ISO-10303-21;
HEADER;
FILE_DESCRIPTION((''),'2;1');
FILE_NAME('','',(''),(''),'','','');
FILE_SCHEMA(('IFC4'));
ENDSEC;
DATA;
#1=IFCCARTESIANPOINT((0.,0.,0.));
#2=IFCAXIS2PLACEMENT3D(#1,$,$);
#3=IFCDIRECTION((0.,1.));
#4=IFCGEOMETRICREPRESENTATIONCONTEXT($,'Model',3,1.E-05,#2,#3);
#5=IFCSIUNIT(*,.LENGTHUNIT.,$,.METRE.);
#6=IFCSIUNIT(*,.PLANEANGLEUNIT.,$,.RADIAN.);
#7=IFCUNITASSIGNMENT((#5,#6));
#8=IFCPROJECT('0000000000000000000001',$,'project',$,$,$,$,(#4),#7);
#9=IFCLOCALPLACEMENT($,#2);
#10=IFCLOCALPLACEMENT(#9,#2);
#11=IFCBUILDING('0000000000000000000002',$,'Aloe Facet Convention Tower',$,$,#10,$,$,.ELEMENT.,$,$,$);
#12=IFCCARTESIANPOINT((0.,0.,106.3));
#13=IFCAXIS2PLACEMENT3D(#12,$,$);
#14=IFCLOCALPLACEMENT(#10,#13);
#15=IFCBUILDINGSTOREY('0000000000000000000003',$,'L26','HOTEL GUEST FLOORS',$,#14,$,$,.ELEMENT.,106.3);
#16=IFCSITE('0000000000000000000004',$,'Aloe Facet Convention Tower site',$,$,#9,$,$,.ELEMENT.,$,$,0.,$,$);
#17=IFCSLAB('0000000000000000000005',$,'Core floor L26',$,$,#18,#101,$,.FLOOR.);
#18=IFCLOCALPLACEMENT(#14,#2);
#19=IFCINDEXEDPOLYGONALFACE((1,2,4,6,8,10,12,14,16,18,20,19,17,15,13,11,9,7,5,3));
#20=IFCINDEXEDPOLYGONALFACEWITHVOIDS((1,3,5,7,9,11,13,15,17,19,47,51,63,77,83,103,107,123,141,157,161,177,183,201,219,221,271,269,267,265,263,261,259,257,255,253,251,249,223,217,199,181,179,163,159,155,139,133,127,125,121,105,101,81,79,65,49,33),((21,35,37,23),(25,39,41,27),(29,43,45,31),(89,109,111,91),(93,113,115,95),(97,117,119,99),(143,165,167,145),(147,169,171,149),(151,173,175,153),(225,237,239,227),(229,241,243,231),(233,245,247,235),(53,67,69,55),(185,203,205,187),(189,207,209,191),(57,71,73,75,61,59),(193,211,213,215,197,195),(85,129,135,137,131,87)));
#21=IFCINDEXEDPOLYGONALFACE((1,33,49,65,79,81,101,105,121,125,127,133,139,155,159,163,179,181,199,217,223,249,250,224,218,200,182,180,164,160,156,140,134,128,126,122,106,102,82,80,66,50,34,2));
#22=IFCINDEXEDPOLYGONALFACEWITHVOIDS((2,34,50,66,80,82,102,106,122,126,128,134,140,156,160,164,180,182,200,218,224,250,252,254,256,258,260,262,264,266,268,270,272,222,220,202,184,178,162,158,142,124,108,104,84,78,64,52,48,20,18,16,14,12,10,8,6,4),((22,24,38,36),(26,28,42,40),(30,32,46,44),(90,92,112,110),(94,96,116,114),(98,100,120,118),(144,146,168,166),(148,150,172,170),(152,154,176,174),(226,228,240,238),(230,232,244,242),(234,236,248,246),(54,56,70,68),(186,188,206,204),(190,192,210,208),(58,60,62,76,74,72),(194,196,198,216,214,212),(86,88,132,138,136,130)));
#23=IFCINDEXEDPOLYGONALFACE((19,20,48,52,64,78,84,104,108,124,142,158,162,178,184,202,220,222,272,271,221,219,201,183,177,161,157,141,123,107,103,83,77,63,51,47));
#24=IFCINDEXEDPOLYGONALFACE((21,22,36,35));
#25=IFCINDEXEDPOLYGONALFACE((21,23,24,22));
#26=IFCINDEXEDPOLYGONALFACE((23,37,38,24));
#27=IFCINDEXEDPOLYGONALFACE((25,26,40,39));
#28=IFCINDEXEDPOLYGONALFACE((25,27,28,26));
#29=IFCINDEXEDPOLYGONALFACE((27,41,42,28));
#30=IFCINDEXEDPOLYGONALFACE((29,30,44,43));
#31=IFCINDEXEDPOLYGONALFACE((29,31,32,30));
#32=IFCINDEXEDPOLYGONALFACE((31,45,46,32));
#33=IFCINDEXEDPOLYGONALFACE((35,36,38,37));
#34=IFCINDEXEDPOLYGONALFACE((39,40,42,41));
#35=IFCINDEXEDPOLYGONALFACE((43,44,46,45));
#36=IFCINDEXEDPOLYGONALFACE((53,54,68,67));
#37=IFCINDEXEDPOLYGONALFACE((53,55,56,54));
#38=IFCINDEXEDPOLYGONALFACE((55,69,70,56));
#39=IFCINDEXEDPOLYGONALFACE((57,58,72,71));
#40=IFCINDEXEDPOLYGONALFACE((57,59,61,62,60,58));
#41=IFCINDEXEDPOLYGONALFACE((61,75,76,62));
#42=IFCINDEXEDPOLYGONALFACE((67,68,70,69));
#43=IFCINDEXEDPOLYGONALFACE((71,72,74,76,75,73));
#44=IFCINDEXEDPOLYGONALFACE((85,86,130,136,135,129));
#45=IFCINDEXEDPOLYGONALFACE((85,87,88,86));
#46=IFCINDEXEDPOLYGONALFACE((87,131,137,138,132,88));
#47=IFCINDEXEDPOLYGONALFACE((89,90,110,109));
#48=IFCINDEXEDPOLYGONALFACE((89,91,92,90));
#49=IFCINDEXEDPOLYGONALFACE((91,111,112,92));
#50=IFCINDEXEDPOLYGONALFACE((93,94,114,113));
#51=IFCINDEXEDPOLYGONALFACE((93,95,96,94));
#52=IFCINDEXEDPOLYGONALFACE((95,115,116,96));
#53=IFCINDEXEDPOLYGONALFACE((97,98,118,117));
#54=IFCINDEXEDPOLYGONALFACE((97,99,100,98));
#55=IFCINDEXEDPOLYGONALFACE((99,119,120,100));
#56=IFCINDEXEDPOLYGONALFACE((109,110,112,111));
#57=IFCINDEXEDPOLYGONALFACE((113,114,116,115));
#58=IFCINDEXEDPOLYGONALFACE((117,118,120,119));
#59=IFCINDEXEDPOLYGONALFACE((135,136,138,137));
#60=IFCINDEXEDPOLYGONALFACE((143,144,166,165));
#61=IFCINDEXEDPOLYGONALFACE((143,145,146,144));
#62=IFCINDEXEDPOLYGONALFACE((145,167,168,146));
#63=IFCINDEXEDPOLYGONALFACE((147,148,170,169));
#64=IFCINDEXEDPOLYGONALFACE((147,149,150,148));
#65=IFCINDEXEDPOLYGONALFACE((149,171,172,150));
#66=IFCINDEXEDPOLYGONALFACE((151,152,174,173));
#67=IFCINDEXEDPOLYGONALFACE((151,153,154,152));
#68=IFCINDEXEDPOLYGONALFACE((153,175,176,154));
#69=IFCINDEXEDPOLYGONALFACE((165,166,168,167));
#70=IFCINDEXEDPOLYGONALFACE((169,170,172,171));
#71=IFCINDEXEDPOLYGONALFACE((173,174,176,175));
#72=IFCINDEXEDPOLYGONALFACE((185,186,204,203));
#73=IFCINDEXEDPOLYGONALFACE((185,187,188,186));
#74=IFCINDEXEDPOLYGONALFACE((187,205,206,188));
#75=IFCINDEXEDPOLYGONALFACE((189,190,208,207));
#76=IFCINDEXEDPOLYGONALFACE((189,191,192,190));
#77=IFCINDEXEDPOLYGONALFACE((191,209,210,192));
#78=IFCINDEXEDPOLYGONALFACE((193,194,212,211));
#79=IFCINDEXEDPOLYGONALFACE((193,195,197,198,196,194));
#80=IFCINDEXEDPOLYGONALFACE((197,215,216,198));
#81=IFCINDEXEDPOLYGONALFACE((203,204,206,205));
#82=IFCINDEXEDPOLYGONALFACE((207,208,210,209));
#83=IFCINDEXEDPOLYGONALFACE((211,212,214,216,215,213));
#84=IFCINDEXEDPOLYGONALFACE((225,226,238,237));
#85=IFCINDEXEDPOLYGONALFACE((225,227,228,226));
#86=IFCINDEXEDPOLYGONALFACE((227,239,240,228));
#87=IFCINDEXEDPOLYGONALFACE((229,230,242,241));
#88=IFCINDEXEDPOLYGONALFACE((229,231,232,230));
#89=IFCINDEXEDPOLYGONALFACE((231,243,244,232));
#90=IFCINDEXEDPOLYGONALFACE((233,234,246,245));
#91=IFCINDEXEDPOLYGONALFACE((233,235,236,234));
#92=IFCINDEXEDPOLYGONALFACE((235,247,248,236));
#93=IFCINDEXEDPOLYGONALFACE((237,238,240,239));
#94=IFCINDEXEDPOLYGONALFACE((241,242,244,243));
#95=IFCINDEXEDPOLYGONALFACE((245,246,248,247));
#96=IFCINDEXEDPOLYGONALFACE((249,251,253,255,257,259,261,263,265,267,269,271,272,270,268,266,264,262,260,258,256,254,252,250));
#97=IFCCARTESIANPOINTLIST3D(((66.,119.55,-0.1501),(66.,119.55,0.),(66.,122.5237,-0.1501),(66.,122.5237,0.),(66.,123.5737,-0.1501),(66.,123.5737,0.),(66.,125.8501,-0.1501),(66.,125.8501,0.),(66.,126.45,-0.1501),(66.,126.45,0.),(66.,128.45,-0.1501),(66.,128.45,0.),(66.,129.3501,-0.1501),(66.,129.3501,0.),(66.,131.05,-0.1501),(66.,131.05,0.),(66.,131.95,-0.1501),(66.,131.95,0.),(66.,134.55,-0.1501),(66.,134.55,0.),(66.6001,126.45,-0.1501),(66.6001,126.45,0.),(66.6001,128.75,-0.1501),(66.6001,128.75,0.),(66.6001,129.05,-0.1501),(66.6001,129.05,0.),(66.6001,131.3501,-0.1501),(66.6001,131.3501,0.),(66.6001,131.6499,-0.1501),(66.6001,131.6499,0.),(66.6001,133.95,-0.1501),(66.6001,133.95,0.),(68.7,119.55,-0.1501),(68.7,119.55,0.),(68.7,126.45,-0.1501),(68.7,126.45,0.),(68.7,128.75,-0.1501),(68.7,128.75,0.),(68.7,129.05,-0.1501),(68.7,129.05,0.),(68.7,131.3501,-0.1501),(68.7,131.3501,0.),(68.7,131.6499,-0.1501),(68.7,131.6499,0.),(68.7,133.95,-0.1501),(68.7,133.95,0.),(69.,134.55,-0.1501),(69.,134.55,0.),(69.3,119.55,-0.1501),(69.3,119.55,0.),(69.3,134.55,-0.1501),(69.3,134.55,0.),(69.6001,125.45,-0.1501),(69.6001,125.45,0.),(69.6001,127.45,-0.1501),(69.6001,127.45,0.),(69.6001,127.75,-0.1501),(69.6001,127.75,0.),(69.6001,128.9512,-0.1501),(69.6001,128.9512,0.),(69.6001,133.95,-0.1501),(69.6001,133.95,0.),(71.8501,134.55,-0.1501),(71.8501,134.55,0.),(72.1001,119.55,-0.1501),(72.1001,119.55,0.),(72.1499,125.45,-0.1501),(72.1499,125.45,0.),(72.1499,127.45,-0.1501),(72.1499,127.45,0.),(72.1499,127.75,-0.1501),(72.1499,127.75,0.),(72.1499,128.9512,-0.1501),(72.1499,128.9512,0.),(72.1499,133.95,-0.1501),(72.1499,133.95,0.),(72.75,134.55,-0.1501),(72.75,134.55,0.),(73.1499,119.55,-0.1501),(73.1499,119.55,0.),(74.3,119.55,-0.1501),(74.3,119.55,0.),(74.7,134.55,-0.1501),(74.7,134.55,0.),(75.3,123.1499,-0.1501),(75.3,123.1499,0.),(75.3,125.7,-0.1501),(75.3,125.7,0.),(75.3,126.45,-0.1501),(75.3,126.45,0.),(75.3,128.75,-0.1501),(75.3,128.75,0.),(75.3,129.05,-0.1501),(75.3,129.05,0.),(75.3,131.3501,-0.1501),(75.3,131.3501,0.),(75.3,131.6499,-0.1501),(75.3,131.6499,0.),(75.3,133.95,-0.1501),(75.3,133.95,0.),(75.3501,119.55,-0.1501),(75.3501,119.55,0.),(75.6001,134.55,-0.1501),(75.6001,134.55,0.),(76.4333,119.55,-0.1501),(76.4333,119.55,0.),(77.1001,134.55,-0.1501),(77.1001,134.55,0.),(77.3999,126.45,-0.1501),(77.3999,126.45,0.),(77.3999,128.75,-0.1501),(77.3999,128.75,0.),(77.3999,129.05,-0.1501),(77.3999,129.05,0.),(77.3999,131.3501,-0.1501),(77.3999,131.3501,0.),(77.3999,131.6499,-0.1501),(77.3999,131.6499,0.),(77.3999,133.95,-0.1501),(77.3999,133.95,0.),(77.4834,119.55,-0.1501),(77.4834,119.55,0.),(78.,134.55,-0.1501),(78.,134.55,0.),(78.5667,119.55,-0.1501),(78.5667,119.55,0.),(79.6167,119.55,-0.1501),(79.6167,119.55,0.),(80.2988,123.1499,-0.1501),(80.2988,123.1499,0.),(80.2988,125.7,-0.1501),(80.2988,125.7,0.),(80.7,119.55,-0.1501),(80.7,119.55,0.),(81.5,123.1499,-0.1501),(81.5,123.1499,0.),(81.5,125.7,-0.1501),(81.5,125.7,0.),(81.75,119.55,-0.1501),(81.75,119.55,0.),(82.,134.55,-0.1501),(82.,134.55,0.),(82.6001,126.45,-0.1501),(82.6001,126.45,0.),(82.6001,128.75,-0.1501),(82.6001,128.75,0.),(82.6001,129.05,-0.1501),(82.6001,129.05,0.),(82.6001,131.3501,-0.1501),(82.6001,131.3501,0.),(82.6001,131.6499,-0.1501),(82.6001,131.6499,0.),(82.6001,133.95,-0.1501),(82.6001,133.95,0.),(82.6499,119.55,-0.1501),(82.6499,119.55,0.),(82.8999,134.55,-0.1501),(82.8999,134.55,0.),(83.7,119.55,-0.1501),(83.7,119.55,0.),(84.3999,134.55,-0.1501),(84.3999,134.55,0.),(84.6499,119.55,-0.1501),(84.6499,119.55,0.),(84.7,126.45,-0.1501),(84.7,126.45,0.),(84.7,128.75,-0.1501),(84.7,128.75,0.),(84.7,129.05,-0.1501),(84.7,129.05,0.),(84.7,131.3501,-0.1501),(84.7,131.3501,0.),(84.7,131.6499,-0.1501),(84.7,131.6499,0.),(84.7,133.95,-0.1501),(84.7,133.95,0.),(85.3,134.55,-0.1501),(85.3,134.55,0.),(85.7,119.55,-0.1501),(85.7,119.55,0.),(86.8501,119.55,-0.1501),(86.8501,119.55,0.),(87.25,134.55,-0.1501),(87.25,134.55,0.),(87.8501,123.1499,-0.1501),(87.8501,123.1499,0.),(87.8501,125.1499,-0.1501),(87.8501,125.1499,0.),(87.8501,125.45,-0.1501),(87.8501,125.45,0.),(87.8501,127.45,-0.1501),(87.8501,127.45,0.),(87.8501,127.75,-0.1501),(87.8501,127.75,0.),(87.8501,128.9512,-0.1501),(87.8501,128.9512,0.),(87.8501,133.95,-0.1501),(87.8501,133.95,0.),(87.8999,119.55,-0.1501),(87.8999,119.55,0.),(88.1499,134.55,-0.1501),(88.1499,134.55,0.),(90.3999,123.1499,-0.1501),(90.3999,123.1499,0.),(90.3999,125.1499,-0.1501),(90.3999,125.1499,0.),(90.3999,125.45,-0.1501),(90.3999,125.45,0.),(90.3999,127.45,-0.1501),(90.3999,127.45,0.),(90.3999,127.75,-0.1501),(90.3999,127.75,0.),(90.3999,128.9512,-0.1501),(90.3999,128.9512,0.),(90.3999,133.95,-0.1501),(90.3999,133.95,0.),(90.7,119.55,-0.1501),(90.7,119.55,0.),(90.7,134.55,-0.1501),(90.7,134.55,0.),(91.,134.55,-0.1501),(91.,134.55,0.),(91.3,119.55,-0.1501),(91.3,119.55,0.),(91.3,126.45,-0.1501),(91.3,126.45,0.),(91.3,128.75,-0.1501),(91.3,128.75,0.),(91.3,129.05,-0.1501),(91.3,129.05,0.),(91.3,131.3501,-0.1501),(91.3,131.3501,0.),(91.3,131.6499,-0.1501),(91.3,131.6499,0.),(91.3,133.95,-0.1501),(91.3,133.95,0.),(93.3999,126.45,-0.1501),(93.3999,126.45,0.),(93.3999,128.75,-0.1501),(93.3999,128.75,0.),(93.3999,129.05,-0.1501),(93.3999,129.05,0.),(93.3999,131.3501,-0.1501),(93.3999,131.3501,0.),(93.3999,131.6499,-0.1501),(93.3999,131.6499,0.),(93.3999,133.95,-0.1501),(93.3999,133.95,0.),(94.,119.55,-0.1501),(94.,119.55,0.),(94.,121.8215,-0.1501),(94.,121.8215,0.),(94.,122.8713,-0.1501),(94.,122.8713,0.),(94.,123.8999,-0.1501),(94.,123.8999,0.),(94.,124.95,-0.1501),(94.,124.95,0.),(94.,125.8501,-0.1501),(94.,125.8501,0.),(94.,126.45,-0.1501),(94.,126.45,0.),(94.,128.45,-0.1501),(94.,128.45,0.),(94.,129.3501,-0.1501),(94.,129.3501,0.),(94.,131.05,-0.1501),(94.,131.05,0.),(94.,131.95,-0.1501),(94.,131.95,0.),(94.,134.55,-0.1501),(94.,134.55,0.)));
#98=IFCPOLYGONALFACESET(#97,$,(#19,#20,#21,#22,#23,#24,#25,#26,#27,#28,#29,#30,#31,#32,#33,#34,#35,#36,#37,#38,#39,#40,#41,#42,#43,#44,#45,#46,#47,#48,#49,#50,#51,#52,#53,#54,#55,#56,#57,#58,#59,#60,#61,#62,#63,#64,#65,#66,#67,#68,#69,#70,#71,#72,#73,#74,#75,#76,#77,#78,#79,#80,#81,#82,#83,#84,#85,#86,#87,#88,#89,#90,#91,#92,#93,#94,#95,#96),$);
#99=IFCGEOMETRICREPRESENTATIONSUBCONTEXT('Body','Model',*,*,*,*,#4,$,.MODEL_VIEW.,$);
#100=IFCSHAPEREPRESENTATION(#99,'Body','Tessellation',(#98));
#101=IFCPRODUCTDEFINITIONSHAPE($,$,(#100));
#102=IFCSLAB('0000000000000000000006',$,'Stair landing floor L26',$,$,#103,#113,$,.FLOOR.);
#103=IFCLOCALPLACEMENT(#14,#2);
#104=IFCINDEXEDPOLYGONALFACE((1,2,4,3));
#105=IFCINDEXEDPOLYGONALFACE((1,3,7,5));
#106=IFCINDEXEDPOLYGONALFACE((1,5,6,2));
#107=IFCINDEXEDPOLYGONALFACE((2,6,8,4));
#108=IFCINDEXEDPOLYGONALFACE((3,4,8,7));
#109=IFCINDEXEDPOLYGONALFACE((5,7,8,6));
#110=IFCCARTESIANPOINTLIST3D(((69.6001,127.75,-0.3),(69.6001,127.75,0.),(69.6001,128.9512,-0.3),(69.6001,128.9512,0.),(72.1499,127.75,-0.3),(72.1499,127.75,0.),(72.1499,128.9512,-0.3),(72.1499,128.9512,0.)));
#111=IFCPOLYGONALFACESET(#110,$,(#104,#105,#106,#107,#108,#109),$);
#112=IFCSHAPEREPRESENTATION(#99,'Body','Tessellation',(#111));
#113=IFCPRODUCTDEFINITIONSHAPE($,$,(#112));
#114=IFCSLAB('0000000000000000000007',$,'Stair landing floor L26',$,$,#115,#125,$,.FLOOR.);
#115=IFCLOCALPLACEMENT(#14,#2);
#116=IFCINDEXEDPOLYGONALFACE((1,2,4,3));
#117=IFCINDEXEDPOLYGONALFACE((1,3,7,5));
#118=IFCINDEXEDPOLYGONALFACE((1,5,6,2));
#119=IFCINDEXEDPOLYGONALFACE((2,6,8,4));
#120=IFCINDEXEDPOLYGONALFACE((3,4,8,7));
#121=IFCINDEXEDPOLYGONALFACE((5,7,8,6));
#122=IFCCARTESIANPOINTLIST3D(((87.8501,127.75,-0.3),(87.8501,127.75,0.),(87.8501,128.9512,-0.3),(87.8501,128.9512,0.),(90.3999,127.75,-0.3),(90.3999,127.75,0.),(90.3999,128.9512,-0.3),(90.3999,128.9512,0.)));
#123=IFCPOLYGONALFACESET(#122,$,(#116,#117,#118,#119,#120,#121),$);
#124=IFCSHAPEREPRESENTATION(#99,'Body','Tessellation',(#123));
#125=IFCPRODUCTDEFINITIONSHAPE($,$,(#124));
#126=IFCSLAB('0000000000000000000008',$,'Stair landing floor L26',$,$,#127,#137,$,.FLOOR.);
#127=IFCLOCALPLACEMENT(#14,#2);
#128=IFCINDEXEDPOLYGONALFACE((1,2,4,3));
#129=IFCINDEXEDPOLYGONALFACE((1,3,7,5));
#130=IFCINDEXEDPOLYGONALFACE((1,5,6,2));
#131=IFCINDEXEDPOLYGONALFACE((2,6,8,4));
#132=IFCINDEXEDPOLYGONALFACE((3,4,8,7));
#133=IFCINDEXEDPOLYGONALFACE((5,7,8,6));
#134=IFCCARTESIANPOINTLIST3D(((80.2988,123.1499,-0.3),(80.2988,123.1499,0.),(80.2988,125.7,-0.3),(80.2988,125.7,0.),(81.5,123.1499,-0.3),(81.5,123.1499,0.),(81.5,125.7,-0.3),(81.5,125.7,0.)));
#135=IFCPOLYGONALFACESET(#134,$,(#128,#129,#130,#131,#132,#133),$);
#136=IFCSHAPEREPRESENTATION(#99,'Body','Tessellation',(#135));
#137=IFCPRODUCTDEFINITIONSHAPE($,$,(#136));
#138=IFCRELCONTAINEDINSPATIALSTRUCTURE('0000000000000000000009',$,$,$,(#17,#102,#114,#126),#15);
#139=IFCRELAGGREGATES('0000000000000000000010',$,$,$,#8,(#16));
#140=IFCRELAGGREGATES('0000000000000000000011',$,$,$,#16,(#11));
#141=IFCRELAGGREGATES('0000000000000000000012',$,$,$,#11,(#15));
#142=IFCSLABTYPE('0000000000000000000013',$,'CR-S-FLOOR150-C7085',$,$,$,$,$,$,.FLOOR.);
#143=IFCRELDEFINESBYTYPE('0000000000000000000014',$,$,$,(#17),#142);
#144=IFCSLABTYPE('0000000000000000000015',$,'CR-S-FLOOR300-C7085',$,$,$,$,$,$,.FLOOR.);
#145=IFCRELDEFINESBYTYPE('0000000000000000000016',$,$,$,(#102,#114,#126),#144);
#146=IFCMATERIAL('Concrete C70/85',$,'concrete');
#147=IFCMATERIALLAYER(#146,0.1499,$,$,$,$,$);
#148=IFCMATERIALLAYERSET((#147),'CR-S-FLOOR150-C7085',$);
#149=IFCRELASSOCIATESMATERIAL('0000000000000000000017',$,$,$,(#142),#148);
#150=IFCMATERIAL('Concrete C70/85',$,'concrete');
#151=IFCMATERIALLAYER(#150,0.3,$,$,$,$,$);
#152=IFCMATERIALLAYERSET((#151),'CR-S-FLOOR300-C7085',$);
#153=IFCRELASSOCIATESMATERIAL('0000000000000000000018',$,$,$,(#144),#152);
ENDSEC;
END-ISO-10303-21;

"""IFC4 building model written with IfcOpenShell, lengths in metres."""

from ifc_helpers import new_model, si_unit, direction, frame, origin, place, context, subcontext, project, spatial, polyline, outline, extrude, material, layer, layer_set, type_object, element, save


model = new_model("IFC4")

# Units and contexts
model_context = context("Model", 3, precision=1e-05, world=origin(), true_north=direction((0.0, 1.0)))
body_context = subcontext(model_context, "Body", "Model", "MODEL_VIEW")
ifc_project = project(units=[si_unit("LENGTHUNIT", "METRE"), si_unit("PLANEANGLEUNIT", "RADIAN")], contexts=[model_context])

# Site, building, storey
site_placement = place(None, origin())
site = spatial("IfcSite", under=ifc_project, at=site_placement, Name="Aloe Facet Convention Tower site", CompositionType="ELEMENT", RefElevation=0.0)
building_placement = place(site_placement, origin())
building = spatial("IfcBuilding", under=site, at=building_placement, Name="Aloe Facet Convention Tower", CompositionType="ELEMENT")
storey_placement = place(building_placement, frame((0.0, 0.0, 106.3)))
storey = spatial("IfcBuildingStorey", under=building, at=storey_placement, Name="L26", Description="HOTEL GUEST FLOORS", CompositionType="ELEMENT", Elevation=106.3)

# Slabs
ifc_material_1 = material(Name="Concrete C70/85", Category="concrete")
ifc_layer_1 = layer(ifc_material_1, 0.1499)
ifc_layer_set_1 = layer_set([ifc_layer_1], Name="CR-S-FLOOR150-C7085")
slab_type_1 = type_object("IfcSlabType", Name="CR-S-FLOOR150-C7085", PredefinedType="FLOOR", material=ifc_layer_set_1)
slab_1_placement = place(storey_placement, frame((0.0, 0.0, -0.1501)))
element("IfcSlab", 1, at=slab_1_placement, inside=storey, type_object=slab_type_1, Name="Core floor L26", PredefinedType="FLOOR", context=body_context, shape_type="SweptSolid", body=[
    extrude(outline(polyline([(69.3, 134.55), (71.8501, 134.55), (72.75, 134.55), (74.7, 134.55), (75.6001, 134.55), (77.1001, 134.55), (78.0, 134.55), (82.0, 134.55), (82.8999, 134.55), (84.3999, 134.55), (85.3, 134.55), (87.25, 134.55), (88.1499, 134.55), (90.7, 134.55), (91.0, 134.55), (94.0, 134.55), (94.0, 131.95), (94.0, 131.05), (94.0, 129.3501), (94.0, 128.45), (94.0, 126.45), (94.0, 125.8501), (94.0, 124.95), (94.0, 123.8999), (94.0, 122.8713), (94.0, 121.8215), (94.0, 119.55), (91.3, 119.55), (90.7, 119.55), (87.8999, 119.55), (86.8501, 119.55), (85.7, 119.55), (84.6499, 119.55), (83.7, 119.55), (82.6499, 119.55), (81.75, 119.55), (80.7, 119.55), (79.6167, 119.55), (78.5667, 119.55), (77.4834, 119.55), (76.4333, 119.55), (75.3501, 119.55), (74.3, 119.55), (73.1499, 119.55), (72.1001, 119.55), (69.3, 119.55), (68.7, 119.55), (66.0, 119.55), (66.0, 122.5237), (66.0, 123.5737), (66.0, 125.8501), (66.0, 126.45), (66.0, 128.45), (66.0, 129.3501), (66.0, 131.05), (66.0, 131.95), (66.0, 134.55), (69.0, 134.55), (69.3, 134.55)]), holes=[polyline([(75.3, 123.1499), (80.2988, 123.1499), (81.5, 123.1499), (81.5, 125.7), (80.2988, 125.7), (75.3, 125.7), (75.3, 123.1499)]), polyline([(69.6001, 125.45), (72.1499, 125.45), (72.1499, 127.45), (69.6001, 127.45), (69.6001, 125.45)]), polyline([(66.6001, 126.45), (68.7, 126.45), (68.7, 128.75), (66.6001, 128.75), (66.6001, 126.45)]), polyline([(75.3, 126.45), (77.3999, 126.45), (77.3999, 128.75), (75.3, 128.75), (75.3, 126.45)]), polyline([(66.6001, 129.05), (68.7, 129.05), (68.7, 131.3501), (66.6001, 131.3501), (66.6001, 129.05)]), polyline([(75.3, 129.05), (77.3999, 129.05), (77.3999, 131.3501), (75.3, 131.3501), (75.3, 129.05)]), polyline([(69.6001, 133.95), (69.6001, 128.9512), (69.6001, 127.75), (72.1499, 127.75), (72.1499, 128.9512), (72.1499, 133.95), (69.6001, 133.95)]), polyline([(66.6001, 133.95), (66.6001, 131.6499), (68.7, 131.6499), (68.7, 133.95), (66.6001, 133.95)]), polyline([(75.3, 133.95), (75.3, 131.6499), (77.3999, 131.6499), (77.3999, 133.95), (75.3, 133.95)]), polyline([(87.8501, 123.1499), (90.3999, 123.1499), (90.3999, 125.1499), (87.8501, 125.1499), (87.8501, 123.1499)]), polyline([(87.8501, 125.45), (90.3999, 125.45), (90.3999, 127.45), (87.8501, 127.45), (87.8501, 125.45)]), polyline([(82.6001, 126.45), (84.7, 126.45), (84.7, 128.75), (82.6001, 128.75), (82.6001, 126.45)]), polyline([(91.3, 126.45), (93.3999, 126.45), (93.3999, 128.75), (91.3, 128.75), (91.3, 126.45)]), polyline([(82.6001, 129.05), (84.7, 129.05), (84.7, 131.3501), (82.6001, 131.3501), (82.6001, 129.05)]), polyline([(91.3, 129.05), (93.3999, 129.05), (93.3999, 131.3501), (91.3, 131.3501), (91.3, 129.05)]), polyline([(87.8501, 133.95), (87.8501, 128.9512), (87.8501, 127.75), (90.3999, 127.75), (90.3999, 128.9512), (90.3999, 133.95), (87.8501, 133.95)]), polyline([(82.6001, 133.95), (82.6001, 131.6499), (84.7, 131.6499), (84.7, 133.95), (82.6001, 133.95)]), polyline([(91.3, 133.95), (91.3, 131.6499), (93.3999, 131.6499), (93.3999, 133.95), (91.3, 133.95)])]), origin(), (0.0, 0.0, 1.0), 0.1501),
])
ifc_material_2 = material(Name="Concrete C70/85", Category="concrete")
ifc_layer_2 = layer(ifc_material_2, 0.3)
ifc_layer_set_2 = layer_set([ifc_layer_2], Name="CR-S-FLOOR300-C7085")
slab_type_2 = type_object("IfcSlabType", Name="CR-S-FLOOR300-C7085", PredefinedType="FLOOR", material=ifc_layer_set_2)
slab_2_placement = place(storey_placement, frame((0.0, 0.0, -0.3)))
element("IfcSlab", 2, at=slab_2_placement, inside=storey, type_object=slab_type_2, Name="Stair landing floor L26", PredefinedType="FLOOR", context=body_context, shape_type="SweptSolid", body=[
    extrude(outline(polyline([(72.1499, 127.75), (72.1499, 128.9512), (69.6001, 128.9512), (69.6001, 127.75), (72.1499, 127.75)])), origin(), (0.0, 0.0, 1.0), 0.3),
])
slab_3_placement = place(storey_placement, frame((0.0, 0.0, -0.3)))
element("IfcSlab", 3, at=slab_3_placement, inside=storey, type_object=slab_type_2, Name="Stair landing floor L26", PredefinedType="FLOOR", context=body_context, shape_type="SweptSolid", body=[
    extrude(outline(polyline([(90.3999, 127.75), (90.3999, 128.9512), (87.8501, 128.9512), (87.8501, 127.75), (90.3999, 127.75)])), origin(), (0.0, 0.0, 1.0), 0.3),
])
slab_4_placement = place(storey_placement, frame((0.0, 0.0, -0.3)))
element("IfcSlab", 4, at=slab_4_placement, inside=storey, type_object=slab_type_2, Name="Stair landing floor L26", PredefinedType="FLOOR", context=body_context, shape_type="SweptSolid", body=[
    extrude(outline(polyline([(81.5, 125.7), (80.2988, 125.7), (80.2988, 123.1499), (81.5, 123.1499), (81.5, 125.7)])), origin(), (0.0, 0.0, 1.0), 0.3),
])

save(model, "model.ifc")
